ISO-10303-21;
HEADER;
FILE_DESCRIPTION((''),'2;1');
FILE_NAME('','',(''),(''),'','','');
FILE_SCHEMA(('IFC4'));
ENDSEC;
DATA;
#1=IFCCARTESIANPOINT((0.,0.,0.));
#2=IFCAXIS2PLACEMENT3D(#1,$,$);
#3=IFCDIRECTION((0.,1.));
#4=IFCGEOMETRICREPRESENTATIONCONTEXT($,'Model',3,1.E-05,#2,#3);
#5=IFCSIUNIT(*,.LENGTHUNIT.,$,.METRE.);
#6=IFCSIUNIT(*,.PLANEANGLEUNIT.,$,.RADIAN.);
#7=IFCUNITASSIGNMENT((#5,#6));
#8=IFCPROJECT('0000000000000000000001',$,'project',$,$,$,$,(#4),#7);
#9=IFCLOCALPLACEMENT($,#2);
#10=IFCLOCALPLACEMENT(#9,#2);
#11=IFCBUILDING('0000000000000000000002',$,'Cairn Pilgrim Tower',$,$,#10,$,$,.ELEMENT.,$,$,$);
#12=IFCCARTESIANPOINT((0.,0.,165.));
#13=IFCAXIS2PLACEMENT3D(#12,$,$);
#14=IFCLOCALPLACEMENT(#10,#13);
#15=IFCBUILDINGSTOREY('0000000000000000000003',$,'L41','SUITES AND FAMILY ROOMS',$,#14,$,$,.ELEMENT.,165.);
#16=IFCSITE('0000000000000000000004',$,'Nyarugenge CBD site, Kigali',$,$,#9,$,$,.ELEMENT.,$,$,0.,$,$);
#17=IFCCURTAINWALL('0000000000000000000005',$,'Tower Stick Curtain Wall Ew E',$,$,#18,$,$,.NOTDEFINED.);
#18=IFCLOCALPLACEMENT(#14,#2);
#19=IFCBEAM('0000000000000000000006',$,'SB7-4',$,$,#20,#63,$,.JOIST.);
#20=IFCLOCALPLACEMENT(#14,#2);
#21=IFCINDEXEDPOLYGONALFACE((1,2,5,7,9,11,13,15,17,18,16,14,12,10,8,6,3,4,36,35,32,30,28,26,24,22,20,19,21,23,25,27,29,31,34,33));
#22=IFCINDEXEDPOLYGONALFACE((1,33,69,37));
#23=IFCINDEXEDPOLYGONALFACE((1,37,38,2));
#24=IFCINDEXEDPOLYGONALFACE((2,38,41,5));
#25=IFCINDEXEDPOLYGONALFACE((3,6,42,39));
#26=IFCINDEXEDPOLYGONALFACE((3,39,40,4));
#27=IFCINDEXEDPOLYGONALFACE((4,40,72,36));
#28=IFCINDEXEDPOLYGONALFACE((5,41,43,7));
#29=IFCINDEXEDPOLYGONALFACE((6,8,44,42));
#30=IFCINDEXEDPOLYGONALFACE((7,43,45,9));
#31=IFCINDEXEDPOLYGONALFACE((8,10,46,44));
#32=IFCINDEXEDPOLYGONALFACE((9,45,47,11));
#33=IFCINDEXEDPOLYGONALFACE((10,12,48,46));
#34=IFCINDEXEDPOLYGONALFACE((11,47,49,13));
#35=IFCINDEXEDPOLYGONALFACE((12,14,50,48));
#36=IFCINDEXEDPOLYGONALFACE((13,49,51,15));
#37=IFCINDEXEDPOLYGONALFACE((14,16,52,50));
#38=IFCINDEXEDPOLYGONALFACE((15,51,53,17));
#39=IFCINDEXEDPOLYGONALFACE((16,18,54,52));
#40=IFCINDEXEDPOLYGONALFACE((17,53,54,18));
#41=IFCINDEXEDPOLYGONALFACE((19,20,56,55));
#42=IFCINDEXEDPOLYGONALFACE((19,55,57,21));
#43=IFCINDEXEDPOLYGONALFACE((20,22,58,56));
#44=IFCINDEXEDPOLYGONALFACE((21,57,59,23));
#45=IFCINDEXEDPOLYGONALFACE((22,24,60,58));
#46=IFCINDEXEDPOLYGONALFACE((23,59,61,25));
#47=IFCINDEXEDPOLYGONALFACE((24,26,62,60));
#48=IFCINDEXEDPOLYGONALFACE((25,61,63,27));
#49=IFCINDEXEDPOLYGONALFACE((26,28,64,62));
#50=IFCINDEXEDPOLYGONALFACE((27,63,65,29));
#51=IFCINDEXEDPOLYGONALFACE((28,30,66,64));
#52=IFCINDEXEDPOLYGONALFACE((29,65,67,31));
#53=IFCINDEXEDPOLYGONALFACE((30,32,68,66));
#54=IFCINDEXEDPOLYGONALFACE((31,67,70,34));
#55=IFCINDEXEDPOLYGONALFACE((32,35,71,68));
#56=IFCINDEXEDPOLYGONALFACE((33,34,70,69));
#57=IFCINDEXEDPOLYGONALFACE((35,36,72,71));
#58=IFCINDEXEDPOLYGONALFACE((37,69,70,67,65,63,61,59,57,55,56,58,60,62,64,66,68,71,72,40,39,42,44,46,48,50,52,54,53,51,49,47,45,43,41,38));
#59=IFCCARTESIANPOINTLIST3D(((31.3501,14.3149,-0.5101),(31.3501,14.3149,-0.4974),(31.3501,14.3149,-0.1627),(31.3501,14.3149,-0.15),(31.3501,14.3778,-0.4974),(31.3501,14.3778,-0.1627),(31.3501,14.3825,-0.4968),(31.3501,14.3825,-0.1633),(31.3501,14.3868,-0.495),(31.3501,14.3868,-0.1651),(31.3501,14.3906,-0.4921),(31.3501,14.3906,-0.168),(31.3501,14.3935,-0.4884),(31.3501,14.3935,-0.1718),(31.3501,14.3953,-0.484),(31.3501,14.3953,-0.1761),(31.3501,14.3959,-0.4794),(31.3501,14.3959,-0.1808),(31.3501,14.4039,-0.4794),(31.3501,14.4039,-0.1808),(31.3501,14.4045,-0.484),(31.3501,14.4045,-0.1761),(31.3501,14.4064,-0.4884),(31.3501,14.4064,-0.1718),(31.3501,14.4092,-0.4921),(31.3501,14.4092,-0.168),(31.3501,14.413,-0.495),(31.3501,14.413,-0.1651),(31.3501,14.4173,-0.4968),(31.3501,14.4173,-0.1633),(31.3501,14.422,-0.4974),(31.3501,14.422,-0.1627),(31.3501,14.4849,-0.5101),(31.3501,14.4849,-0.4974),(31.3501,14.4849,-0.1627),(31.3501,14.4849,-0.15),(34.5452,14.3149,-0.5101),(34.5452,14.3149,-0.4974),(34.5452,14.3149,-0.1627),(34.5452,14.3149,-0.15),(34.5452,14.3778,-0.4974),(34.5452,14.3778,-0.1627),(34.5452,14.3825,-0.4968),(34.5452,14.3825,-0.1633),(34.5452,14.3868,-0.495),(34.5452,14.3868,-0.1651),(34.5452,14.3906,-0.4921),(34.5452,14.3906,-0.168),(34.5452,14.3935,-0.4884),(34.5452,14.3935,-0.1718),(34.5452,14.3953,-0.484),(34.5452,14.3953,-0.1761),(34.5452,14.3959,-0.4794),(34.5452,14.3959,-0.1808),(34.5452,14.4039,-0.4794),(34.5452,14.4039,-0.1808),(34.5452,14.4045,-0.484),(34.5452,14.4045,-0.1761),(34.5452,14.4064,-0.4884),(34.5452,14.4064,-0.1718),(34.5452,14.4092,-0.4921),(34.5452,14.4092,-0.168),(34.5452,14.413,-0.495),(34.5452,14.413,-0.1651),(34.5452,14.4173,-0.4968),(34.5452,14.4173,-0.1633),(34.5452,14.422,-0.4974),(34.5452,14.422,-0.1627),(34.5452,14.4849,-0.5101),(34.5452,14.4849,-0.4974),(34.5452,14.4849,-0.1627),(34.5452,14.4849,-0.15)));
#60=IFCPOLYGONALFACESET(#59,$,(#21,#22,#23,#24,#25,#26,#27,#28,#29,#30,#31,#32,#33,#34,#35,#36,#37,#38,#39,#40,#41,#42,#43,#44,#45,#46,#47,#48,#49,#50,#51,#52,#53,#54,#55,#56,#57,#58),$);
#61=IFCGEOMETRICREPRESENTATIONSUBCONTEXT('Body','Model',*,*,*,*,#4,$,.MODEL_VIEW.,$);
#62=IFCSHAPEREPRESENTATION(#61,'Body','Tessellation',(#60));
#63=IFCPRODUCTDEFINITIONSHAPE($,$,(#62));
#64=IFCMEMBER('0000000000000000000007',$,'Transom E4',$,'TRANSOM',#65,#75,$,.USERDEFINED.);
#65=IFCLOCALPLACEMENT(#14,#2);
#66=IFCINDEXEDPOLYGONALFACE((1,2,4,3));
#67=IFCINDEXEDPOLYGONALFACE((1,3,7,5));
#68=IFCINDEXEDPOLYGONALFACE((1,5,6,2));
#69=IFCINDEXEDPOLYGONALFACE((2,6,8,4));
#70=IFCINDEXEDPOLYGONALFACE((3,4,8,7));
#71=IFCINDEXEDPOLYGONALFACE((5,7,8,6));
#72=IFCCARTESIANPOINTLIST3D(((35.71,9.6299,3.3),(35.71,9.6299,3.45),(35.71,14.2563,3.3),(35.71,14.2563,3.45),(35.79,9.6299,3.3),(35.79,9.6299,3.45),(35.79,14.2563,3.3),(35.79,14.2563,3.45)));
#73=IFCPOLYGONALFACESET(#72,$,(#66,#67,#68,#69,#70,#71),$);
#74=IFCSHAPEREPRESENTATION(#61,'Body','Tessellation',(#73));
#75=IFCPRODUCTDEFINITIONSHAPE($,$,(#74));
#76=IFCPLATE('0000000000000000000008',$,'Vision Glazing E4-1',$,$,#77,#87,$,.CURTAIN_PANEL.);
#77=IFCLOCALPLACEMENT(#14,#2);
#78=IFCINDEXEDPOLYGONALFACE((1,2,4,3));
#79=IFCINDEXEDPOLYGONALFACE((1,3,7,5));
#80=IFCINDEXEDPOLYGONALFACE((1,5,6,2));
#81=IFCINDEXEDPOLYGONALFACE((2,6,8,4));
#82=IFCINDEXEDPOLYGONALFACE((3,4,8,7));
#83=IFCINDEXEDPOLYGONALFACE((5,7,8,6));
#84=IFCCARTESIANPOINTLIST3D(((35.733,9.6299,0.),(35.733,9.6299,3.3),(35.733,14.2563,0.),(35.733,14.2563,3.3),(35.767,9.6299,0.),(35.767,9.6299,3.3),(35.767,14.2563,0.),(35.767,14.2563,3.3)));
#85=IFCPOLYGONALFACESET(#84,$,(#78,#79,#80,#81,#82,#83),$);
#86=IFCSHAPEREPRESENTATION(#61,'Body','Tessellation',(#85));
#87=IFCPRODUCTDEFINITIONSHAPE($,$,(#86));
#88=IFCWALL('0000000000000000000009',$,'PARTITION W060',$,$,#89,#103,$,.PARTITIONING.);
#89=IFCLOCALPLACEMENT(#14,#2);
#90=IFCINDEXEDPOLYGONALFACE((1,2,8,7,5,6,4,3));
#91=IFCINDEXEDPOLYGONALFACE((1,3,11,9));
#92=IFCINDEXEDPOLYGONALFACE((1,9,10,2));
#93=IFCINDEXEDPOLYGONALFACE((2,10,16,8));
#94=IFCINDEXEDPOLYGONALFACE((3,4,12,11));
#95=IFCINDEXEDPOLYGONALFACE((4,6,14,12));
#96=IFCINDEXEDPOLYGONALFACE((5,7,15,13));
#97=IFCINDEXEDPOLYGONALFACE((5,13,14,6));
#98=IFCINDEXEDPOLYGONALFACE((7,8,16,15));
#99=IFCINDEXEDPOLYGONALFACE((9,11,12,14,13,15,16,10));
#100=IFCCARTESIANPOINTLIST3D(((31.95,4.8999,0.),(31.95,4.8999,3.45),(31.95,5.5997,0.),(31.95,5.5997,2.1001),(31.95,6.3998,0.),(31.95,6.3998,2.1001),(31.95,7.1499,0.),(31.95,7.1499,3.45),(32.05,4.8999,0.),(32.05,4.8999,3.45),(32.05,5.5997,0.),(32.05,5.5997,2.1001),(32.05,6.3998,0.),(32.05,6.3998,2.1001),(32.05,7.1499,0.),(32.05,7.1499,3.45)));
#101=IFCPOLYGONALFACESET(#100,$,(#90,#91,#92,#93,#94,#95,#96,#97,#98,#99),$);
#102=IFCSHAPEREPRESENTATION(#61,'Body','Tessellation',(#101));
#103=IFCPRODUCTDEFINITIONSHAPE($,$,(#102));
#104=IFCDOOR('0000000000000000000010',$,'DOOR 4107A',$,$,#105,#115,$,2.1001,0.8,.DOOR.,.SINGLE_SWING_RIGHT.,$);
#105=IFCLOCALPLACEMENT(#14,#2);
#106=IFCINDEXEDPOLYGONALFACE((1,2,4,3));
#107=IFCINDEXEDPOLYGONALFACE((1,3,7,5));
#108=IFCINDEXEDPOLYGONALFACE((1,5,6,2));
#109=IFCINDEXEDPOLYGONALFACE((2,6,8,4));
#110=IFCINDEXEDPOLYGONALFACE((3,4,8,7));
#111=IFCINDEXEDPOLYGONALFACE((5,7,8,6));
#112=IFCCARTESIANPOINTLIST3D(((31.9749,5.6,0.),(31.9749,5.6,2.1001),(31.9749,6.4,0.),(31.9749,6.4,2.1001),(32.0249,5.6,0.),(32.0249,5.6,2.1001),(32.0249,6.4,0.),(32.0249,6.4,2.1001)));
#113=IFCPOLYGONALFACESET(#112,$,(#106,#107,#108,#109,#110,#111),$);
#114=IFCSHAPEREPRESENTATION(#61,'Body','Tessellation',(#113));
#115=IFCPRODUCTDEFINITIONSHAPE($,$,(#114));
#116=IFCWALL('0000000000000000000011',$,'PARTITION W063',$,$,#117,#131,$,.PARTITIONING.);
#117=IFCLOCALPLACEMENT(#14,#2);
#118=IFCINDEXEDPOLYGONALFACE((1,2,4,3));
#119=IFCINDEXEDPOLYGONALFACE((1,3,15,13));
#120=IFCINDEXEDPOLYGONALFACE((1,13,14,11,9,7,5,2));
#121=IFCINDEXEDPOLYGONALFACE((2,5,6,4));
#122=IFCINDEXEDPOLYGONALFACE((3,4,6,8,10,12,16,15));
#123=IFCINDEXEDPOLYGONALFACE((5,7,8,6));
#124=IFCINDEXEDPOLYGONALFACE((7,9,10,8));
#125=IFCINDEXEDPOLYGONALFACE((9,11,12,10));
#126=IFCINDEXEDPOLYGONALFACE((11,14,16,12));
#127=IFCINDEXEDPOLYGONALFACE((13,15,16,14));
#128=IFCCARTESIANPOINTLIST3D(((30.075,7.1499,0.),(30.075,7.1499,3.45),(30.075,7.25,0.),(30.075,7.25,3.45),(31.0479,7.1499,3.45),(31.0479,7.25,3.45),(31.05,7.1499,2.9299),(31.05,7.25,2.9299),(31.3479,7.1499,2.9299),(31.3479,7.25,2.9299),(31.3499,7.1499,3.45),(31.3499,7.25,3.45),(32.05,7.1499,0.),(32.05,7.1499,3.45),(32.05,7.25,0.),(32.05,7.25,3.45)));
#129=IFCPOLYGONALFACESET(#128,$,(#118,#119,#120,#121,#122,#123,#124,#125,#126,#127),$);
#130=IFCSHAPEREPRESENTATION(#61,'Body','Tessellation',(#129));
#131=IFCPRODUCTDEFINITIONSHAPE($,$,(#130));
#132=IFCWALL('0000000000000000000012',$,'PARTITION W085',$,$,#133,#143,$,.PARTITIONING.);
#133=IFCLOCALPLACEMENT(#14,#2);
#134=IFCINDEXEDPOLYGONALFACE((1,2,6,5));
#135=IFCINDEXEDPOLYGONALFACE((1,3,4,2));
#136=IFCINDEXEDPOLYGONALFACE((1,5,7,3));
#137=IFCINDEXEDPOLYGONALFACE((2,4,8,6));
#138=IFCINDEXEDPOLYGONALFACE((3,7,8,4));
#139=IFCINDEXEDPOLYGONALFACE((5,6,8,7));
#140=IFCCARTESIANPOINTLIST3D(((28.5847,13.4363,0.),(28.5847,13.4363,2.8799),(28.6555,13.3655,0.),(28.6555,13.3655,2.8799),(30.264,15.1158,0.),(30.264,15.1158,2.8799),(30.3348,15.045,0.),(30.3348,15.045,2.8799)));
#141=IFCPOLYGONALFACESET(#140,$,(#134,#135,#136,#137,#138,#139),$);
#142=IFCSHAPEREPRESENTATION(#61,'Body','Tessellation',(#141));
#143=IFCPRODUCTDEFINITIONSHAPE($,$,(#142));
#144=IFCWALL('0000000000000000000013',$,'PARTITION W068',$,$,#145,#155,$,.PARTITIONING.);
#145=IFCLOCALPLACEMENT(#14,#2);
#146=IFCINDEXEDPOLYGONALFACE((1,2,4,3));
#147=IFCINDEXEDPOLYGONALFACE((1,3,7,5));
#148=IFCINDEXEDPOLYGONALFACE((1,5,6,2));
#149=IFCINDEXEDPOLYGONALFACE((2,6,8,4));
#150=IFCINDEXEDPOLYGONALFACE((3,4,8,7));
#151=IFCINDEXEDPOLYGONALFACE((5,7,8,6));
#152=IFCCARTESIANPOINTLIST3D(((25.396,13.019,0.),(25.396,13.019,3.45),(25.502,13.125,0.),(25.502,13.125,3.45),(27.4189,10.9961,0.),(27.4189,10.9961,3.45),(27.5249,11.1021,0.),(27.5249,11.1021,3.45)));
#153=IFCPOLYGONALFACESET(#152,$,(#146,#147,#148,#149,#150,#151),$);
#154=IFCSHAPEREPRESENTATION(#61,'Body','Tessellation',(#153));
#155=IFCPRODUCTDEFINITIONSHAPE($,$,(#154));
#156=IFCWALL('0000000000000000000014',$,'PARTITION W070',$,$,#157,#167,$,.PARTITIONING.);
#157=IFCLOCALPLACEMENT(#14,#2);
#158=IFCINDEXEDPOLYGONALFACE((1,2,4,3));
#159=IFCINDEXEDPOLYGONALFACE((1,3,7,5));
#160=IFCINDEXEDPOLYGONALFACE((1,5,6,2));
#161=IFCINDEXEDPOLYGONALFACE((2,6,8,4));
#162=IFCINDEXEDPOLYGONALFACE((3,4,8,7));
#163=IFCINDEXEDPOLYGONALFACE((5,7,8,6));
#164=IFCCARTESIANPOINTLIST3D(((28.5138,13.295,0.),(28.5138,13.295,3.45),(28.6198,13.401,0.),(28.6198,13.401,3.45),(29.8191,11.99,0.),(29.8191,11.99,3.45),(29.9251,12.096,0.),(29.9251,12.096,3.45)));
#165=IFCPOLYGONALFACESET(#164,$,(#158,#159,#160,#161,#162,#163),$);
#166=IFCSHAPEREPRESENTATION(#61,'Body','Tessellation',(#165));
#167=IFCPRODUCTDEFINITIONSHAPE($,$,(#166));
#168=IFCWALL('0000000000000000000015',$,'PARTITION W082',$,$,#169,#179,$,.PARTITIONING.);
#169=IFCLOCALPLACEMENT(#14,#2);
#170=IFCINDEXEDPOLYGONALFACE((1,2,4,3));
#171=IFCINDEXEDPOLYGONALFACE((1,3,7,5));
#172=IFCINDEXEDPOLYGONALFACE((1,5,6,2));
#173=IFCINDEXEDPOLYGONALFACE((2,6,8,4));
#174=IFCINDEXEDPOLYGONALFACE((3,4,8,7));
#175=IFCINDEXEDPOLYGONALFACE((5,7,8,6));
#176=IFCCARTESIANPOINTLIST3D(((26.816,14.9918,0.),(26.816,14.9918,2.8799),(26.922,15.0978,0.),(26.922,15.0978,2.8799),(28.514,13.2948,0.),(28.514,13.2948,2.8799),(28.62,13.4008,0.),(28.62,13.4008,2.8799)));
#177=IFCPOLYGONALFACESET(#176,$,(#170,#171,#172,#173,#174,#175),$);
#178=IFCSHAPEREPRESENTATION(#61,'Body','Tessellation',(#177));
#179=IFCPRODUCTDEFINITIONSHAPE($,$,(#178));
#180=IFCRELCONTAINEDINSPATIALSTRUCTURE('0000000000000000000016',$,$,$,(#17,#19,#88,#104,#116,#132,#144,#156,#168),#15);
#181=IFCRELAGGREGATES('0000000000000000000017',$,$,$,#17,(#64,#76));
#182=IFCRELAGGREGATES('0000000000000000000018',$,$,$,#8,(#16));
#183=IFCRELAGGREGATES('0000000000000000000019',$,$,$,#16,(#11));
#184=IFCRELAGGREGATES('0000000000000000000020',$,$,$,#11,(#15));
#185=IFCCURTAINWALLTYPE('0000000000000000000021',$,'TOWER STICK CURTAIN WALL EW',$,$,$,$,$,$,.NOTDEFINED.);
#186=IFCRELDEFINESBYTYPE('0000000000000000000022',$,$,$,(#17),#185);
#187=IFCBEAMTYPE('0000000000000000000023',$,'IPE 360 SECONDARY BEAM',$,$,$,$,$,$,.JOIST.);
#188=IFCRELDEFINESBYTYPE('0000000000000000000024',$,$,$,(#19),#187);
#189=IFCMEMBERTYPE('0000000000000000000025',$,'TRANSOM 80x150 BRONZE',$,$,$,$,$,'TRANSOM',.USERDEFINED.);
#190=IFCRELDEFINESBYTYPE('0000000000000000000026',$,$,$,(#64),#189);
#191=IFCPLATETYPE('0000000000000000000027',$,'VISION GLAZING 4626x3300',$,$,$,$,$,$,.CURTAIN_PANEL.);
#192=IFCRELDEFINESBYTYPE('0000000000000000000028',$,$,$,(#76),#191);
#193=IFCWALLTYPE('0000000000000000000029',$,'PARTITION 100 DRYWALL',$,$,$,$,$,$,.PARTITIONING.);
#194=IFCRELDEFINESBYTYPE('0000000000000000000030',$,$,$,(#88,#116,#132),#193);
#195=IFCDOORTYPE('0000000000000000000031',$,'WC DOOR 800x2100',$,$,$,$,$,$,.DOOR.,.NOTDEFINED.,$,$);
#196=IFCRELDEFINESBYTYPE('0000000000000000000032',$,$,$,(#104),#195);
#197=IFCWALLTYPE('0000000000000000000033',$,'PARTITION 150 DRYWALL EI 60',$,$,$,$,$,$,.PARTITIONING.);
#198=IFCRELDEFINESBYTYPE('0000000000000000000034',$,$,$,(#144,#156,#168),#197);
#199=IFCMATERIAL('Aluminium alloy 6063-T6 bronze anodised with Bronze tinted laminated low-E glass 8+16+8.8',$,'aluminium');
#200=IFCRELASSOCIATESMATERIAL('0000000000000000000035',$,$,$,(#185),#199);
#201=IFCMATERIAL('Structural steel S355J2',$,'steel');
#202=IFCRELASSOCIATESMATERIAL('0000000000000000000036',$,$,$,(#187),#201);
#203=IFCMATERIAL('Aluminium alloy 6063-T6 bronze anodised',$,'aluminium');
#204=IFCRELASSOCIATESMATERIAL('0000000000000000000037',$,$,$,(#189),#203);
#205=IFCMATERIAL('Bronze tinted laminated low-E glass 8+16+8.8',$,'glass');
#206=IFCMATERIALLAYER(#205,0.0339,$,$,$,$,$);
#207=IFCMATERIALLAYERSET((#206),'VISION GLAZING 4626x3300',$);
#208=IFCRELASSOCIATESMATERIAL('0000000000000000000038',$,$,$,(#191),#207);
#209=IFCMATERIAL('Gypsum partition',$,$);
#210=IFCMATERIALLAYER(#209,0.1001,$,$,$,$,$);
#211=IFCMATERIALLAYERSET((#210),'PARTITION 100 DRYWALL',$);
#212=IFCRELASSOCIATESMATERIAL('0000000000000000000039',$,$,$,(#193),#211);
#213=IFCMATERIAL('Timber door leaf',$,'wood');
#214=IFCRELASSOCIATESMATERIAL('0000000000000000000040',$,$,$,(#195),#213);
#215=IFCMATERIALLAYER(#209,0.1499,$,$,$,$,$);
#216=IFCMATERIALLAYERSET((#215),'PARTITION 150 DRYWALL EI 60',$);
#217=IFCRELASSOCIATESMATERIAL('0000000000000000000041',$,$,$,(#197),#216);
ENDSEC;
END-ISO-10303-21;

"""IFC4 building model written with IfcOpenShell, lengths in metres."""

from ifc_helpers import new_model, si_unit, direction, frame, frame_2d, origin, origin_2d, place, context, subcontext, project, spatial, polyline, rectangle, i_section, outline, extrude, material, layer, layer_set, material_profile, profile_set, type_object, element, fill, aggregate, save


model = new_model("IFC4")

# Units and contexts
model_context = context("Model", 3, precision=1e-05, world=origin(), true_north=direction((0.0, 1.0)))
body_context = subcontext(model_context, "Body", "Model", "MODEL_VIEW")
ifc_project = project(units=[si_unit("LENGTHUNIT", "METRE"), si_unit("PLANEANGLEUNIT", "RADIAN")], contexts=[model_context])

# Site, building, storey
site_placement = place(None, origin())
site = spatial("IfcSite", under=ifc_project, at=site_placement, Name="Nyarugenge CBD site, Kigali", CompositionType="ELEMENT", RefElevation=0.0)
building_placement = place(site_placement, origin())
building = spatial("IfcBuilding", under=site, at=building_placement, Name="Cairn Pilgrim Tower", CompositionType="ELEMENT")
storey_placement = place(building_placement, frame((0.0, 0.0, 165.0)))
storey = spatial("IfcBuildingStorey", under=building, at=storey_placement, Name="L41", Description="SUITES AND FAMILY ROOMS", CompositionType="ELEMENT", Elevation=165.0)

# Curtain wall
ifc_material_1 = material(Name="Aluminium alloy 6063-T6 bronze anodised with Bronze tinted laminated low-E glass 8+16+8.8", Category="aluminium")
curtain_wall_type = type_object("IfcCurtainWallType", Name="TOWER STICK CURTAIN WALL EW", PredefinedType="NOTDEFINED", material=ifc_material_1)
curtain_wall_placement = place(storey_placement, origin())
curtain_wall = element("IfcCurtainWall", 1, at=curtain_wall_placement, inside=storey, type_object=curtain_wall_type, Name="Tower Stick Curtain Wall Ew E", PredefinedType="NOTDEFINED")
ifc_material_2 = material(Name="Aluminium alloy 6063-T6 bronze anodised", Category="aluminium")

# Beam
ifc_material_3 = material(Name="Structural steel S355J2", Category="steel")
ifc_material_profile_1 = material_profile(ifc_material_3, i_section(OverallWidth=0.1699, OverallDepth=0.3601, WebThickness=0.0081, FlangeThickness=0.0127, FilletRadius=0.0181, at=origin_2d()), Name="IPE 360")
ifc_profile_set_1 = profile_set([ifc_material_profile_1], Name="Structural steel S355J2")
beam_type_1 = type_object("IfcBeamType", Name="IPE 360 SECONDARY BEAM", PredefinedType="JOIST", material=ifc_profile_set_1)
beam_1_placement = place(storey_placement, frame((31.3501, 14.3999, -0.3301), z_axis=(1.0, 0.0, 0.0), x_axis=(0.0, 1.0, 0.0)))
element("IfcBeam", 2, at=beam_1_placement, inside=storey, type_object=beam_type_1, Name="SB7-4", PredefinedType="JOIST", context=body_context, shape_type="SweptSolid", body=[
    extrude(i_section(OverallWidth=0.1699, OverallDepth=0.3601, WebThickness=0.0081, FlangeThickness=0.0127, FilletRadius=0.0181, at=origin_2d()), origin(), (0.0, 0.0, 1.0), 3.1951),
])

# Member
ifc_material_profile_2 = material_profile(ifc_material_2, rectangle(XDim=0.0801, YDim=0.1499, at=origin_2d()), Name="TRANSOM 80x150 BRONZE")
ifc_profile_set_2 = profile_set([ifc_material_profile_2], Name="Aluminium alloy 6063-T6 bronze anodised")
member_type_1 = type_object("IfcMemberType", Name="TRANSOM 80x150 BRONZE", ElementType="TRANSOM", PredefinedType="USERDEFINED", material=ifc_profile_set_2)
member_1_placement = place(storey_placement, frame((35.75, 9.6299, 3.375), z_axis=(0.0, 1.0, 0.0), x_axis=(-1.0, 0.0, 0.0)))
member_1 = element("IfcMember", 3, at=member_1_placement, type_object=member_type_1, Name="Transom E4", ObjectType="TRANSOM", PredefinedType="USERDEFINED", context=body_context, shape_type="SweptSolid", body=[
    extrude(rectangle(XDim=0.0801, YDim=0.1499, at=origin_2d()), origin(), (0.0, 0.0, 1.0), 4.6265),
])

# Plate
ifc_material_4 = material(Name="Bronze tinted laminated low-E glass 8+16+8.8", Category="glass")
ifc_layer_1 = layer(ifc_material_4, 0.0339)
ifc_layer_set_1 = layer_set([ifc_layer_1], Name="VISION GLAZING 4626x3300")
plate_type = type_object("IfcPlateType", Name="VISION GLAZING 4626x3300", PredefinedType="CURTAIN_PANEL", material=ifc_layer_set_1)
plate_placement = place(storey_placement, frame((35.75, 11.9431, 0.0), z_axis=(0.0, 0.0, 1.0), x_axis=(0.0, 1.0, 0.0)))
plate = element("IfcPlate", 4, at=plate_placement, type_object=plate_type, Name="Vision Glazing E4-1", PredefinedType="CURTAIN_PANEL", context=body_context, shape_type="SweptSolid", body=[
    extrude(rectangle(XDim=4.6265, YDim=0.0339, at=origin_2d()), origin(), (0.0, 0.0, 1.0), 3.3),
])
aggregate(curtain_wall, [member_1, plate])

# Wall, opening, door
ifc_material_5 = material(Name="Gypsum partition")
ifc_layer_2 = layer(ifc_material_5, 0.1001)
ifc_layer_set_2 = layer_set([ifc_layer_2], Name="PARTITION 100 DRYWALL")
wall_type_1 = type_object("IfcWallType", Name="PARTITION 100 DRYWALL", PredefinedType="PARTITIONING", material=ifc_layer_set_2)
wall_1_placement = place(storey_placement, frame((32.0, 4.8999, 0.0), z_axis=(0.0, 0.0, 1.0), x_axis=(0.0, 1.0, 0.0)))
wall_1 = element("IfcWall", 5, at=wall_1_placement, inside=storey, type_object=wall_type_1, Name="PARTITION W060", PredefinedType="PARTITIONING", context=body_context, shape_type="SweptSolid", body=[
    extrude(rectangle(XDim=2.25, YDim=0.1001, at=frame_2d((1.125, 0.0))), origin(), (0.0, 0.0, 1.0), 3.45),
])
opening_1_placement = place(wall_1_placement, frame((0.7, 0.0, 0.0)))
opening_1 = element("IfcOpeningElement", 6, at=opening_1_placement, cuts=wall_1, PredefinedType="OPENING", context=body_context, shape_type="SweptSolid", body=[
    extrude(rectangle(XDim=0.8, YDim=2.1001, at=frame_2d((0.3999, 1.05))), frame((0.0, 0.0601, 0.0), z_axis=(0.0, -1.0, 0.0), x_axis=(1.0, 0.0, 0.0)), (0.0, 0.0, 1.0), 0.1201),
])
ifc_material_6 = material(Name="Timber door leaf", Category="wood")
door_type_1 = type_object("IfcDoorType", Name="WC DOOR 800x2100", OperationType="NOTDEFINED", PredefinedType="DOOR", material=ifc_material_6)
door_1_placement = place(opening_1_placement, frame((0.8, 0.0, 0.0), z_axis=(0.0, 0.0, 1.0), x_axis=(-1.0, 0.0, 0.0)))
door_1 = element("IfcDoor", 7, at=door_1_placement, inside=storey, type_object=door_type_1, Name="DOOR 4107A", OperationType="SINGLE_SWING_RIGHT", OverallHeight=2.1001, OverallWidth=0.8, PredefinedType="DOOR", context=body_context, shape_type="SweptSolid", body=[
    extrude(rectangle(XDim=0.8, YDim=2.1001, at=frame_2d((0.3999, 1.05))), frame((0.0, 0.0249, 0.0), z_axis=(0.0, -1.0, 0.0), x_axis=(1.0, 0.0, 0.0)), (0.0, 0.0, 1.0), 0.05),
])
fill(opening_1, door_1)

# Walls
wall_2_placement = place(storey_placement, frame((30.075, 7.2, 0.0), z_axis=(0.0, 0.0, 1.0), x_axis=(1.0, 0.0, 0.0)))
element("IfcWall", 8, at=wall_2_placement, inside=storey, type_object=wall_type_1, Name="PARTITION W063", PredefinedType="PARTITIONING", context=body_context, shape_type="SweptSolid", body=[
    extrude(outline(polyline([(0.0, 0.0), (1.9751, 0.0), (1.9751, 3.45), (1.2749, 3.45), (1.2729, 2.9299), (0.9751, 2.9299), (0.9729, 3.45), (0.0, 3.45), (0.0, 0.0)])), frame((0.0, 0.05, 0.0), z_axis=(0.0, -1.0, 0.0), x_axis=(1.0, 0.0, 0.0)), (0.0, 0.0, 1.0), 0.1001),
])
wall_3_placement = place(storey_placement, frame((28.6201, 13.4009, 0.0), z_axis=(0.0, 0.0, 1.0), x_axis=(0.707055, 0.707158, 0.0)))
element("IfcWall", 9, at=wall_3_placement, inside=storey, type_object=wall_type_1, Name="PARTITION W085", PredefinedType="PARTITIONING", context=body_context, shape_type="SweptSolid", body=[
    extrude(rectangle(XDim=2.375, YDim=0.1001, at=frame_2d((1.1875, 0.0))), origin(), (0.0, 0.0, 1.0), 2.8799),
])
ifc_layer_3 = layer(ifc_material_5, 0.1499)
ifc_layer_set_3 = layer_set([ifc_layer_3], Name="PARTITION 150 DRYWALL EI 60")
wall_type_2 = type_object("IfcWallType", Name="PARTITION 150 DRYWALL EI 60", PredefinedType="PARTITIONING", material=ifc_layer_set_3)
wall_4_placement = place(storey_placement, frame((27.4719, 11.0491, 0.0), z_axis=(0.0, 0.0, 1.0), x_axis=(-0.707107, 0.707107, 0.0)))
element("IfcWall", 10, at=wall_4_placement, inside=storey, type_object=wall_type_2, Name="PARTITION W068", PredefinedType="PARTITIONING", context=body_context, shape_type="SweptSolid", body=[
    extrude(rectangle(XDim=2.8608, YDim=0.1499, at=frame_2d((1.4304, 0.0))), origin(), (0.0, 0.0, 1.0), 3.45),
])
wall_5_placement = place(storey_placement, frame((29.8721, 12.043, 0.0), z_axis=(0.0, 0.0, 1.0), x_axis=(-0.707173, 0.707041, 0.0)))
element("IfcWall", 11, at=wall_5_placement, inside=storey, type_object=wall_type_2, Name="PARTITION W070", PredefinedType="PARTITIONING", context=body_context, shape_type="SweptSolid", body=[
    extrude(rectangle(XDim=1.8457, YDim=0.1499, at=frame_2d((0.9229, 0.0))), origin(), (0.0, 0.0, 1.0), 3.45),
])
wall_6_placement = place(storey_placement, frame((28.5669, 13.3479, 0.0), z_axis=(0.0, 0.0, 1.0), x_axis=(-0.70731, 0.706903, 0.0)))
element("IfcWall", 12, at=wall_6_placement, inside=storey, type_object=wall_type_2, Name="PARTITION W082", PredefinedType="PARTITIONING", context=body_context, shape_type="SweptSolid", body=[
    extrude(rectangle(XDim=2.4006, YDim=0.1499, at=frame_2d((1.2002, 0.0))), origin(), (0.0, 0.0, 1.0), 2.8799),
])

save(model, "model.ifc")
